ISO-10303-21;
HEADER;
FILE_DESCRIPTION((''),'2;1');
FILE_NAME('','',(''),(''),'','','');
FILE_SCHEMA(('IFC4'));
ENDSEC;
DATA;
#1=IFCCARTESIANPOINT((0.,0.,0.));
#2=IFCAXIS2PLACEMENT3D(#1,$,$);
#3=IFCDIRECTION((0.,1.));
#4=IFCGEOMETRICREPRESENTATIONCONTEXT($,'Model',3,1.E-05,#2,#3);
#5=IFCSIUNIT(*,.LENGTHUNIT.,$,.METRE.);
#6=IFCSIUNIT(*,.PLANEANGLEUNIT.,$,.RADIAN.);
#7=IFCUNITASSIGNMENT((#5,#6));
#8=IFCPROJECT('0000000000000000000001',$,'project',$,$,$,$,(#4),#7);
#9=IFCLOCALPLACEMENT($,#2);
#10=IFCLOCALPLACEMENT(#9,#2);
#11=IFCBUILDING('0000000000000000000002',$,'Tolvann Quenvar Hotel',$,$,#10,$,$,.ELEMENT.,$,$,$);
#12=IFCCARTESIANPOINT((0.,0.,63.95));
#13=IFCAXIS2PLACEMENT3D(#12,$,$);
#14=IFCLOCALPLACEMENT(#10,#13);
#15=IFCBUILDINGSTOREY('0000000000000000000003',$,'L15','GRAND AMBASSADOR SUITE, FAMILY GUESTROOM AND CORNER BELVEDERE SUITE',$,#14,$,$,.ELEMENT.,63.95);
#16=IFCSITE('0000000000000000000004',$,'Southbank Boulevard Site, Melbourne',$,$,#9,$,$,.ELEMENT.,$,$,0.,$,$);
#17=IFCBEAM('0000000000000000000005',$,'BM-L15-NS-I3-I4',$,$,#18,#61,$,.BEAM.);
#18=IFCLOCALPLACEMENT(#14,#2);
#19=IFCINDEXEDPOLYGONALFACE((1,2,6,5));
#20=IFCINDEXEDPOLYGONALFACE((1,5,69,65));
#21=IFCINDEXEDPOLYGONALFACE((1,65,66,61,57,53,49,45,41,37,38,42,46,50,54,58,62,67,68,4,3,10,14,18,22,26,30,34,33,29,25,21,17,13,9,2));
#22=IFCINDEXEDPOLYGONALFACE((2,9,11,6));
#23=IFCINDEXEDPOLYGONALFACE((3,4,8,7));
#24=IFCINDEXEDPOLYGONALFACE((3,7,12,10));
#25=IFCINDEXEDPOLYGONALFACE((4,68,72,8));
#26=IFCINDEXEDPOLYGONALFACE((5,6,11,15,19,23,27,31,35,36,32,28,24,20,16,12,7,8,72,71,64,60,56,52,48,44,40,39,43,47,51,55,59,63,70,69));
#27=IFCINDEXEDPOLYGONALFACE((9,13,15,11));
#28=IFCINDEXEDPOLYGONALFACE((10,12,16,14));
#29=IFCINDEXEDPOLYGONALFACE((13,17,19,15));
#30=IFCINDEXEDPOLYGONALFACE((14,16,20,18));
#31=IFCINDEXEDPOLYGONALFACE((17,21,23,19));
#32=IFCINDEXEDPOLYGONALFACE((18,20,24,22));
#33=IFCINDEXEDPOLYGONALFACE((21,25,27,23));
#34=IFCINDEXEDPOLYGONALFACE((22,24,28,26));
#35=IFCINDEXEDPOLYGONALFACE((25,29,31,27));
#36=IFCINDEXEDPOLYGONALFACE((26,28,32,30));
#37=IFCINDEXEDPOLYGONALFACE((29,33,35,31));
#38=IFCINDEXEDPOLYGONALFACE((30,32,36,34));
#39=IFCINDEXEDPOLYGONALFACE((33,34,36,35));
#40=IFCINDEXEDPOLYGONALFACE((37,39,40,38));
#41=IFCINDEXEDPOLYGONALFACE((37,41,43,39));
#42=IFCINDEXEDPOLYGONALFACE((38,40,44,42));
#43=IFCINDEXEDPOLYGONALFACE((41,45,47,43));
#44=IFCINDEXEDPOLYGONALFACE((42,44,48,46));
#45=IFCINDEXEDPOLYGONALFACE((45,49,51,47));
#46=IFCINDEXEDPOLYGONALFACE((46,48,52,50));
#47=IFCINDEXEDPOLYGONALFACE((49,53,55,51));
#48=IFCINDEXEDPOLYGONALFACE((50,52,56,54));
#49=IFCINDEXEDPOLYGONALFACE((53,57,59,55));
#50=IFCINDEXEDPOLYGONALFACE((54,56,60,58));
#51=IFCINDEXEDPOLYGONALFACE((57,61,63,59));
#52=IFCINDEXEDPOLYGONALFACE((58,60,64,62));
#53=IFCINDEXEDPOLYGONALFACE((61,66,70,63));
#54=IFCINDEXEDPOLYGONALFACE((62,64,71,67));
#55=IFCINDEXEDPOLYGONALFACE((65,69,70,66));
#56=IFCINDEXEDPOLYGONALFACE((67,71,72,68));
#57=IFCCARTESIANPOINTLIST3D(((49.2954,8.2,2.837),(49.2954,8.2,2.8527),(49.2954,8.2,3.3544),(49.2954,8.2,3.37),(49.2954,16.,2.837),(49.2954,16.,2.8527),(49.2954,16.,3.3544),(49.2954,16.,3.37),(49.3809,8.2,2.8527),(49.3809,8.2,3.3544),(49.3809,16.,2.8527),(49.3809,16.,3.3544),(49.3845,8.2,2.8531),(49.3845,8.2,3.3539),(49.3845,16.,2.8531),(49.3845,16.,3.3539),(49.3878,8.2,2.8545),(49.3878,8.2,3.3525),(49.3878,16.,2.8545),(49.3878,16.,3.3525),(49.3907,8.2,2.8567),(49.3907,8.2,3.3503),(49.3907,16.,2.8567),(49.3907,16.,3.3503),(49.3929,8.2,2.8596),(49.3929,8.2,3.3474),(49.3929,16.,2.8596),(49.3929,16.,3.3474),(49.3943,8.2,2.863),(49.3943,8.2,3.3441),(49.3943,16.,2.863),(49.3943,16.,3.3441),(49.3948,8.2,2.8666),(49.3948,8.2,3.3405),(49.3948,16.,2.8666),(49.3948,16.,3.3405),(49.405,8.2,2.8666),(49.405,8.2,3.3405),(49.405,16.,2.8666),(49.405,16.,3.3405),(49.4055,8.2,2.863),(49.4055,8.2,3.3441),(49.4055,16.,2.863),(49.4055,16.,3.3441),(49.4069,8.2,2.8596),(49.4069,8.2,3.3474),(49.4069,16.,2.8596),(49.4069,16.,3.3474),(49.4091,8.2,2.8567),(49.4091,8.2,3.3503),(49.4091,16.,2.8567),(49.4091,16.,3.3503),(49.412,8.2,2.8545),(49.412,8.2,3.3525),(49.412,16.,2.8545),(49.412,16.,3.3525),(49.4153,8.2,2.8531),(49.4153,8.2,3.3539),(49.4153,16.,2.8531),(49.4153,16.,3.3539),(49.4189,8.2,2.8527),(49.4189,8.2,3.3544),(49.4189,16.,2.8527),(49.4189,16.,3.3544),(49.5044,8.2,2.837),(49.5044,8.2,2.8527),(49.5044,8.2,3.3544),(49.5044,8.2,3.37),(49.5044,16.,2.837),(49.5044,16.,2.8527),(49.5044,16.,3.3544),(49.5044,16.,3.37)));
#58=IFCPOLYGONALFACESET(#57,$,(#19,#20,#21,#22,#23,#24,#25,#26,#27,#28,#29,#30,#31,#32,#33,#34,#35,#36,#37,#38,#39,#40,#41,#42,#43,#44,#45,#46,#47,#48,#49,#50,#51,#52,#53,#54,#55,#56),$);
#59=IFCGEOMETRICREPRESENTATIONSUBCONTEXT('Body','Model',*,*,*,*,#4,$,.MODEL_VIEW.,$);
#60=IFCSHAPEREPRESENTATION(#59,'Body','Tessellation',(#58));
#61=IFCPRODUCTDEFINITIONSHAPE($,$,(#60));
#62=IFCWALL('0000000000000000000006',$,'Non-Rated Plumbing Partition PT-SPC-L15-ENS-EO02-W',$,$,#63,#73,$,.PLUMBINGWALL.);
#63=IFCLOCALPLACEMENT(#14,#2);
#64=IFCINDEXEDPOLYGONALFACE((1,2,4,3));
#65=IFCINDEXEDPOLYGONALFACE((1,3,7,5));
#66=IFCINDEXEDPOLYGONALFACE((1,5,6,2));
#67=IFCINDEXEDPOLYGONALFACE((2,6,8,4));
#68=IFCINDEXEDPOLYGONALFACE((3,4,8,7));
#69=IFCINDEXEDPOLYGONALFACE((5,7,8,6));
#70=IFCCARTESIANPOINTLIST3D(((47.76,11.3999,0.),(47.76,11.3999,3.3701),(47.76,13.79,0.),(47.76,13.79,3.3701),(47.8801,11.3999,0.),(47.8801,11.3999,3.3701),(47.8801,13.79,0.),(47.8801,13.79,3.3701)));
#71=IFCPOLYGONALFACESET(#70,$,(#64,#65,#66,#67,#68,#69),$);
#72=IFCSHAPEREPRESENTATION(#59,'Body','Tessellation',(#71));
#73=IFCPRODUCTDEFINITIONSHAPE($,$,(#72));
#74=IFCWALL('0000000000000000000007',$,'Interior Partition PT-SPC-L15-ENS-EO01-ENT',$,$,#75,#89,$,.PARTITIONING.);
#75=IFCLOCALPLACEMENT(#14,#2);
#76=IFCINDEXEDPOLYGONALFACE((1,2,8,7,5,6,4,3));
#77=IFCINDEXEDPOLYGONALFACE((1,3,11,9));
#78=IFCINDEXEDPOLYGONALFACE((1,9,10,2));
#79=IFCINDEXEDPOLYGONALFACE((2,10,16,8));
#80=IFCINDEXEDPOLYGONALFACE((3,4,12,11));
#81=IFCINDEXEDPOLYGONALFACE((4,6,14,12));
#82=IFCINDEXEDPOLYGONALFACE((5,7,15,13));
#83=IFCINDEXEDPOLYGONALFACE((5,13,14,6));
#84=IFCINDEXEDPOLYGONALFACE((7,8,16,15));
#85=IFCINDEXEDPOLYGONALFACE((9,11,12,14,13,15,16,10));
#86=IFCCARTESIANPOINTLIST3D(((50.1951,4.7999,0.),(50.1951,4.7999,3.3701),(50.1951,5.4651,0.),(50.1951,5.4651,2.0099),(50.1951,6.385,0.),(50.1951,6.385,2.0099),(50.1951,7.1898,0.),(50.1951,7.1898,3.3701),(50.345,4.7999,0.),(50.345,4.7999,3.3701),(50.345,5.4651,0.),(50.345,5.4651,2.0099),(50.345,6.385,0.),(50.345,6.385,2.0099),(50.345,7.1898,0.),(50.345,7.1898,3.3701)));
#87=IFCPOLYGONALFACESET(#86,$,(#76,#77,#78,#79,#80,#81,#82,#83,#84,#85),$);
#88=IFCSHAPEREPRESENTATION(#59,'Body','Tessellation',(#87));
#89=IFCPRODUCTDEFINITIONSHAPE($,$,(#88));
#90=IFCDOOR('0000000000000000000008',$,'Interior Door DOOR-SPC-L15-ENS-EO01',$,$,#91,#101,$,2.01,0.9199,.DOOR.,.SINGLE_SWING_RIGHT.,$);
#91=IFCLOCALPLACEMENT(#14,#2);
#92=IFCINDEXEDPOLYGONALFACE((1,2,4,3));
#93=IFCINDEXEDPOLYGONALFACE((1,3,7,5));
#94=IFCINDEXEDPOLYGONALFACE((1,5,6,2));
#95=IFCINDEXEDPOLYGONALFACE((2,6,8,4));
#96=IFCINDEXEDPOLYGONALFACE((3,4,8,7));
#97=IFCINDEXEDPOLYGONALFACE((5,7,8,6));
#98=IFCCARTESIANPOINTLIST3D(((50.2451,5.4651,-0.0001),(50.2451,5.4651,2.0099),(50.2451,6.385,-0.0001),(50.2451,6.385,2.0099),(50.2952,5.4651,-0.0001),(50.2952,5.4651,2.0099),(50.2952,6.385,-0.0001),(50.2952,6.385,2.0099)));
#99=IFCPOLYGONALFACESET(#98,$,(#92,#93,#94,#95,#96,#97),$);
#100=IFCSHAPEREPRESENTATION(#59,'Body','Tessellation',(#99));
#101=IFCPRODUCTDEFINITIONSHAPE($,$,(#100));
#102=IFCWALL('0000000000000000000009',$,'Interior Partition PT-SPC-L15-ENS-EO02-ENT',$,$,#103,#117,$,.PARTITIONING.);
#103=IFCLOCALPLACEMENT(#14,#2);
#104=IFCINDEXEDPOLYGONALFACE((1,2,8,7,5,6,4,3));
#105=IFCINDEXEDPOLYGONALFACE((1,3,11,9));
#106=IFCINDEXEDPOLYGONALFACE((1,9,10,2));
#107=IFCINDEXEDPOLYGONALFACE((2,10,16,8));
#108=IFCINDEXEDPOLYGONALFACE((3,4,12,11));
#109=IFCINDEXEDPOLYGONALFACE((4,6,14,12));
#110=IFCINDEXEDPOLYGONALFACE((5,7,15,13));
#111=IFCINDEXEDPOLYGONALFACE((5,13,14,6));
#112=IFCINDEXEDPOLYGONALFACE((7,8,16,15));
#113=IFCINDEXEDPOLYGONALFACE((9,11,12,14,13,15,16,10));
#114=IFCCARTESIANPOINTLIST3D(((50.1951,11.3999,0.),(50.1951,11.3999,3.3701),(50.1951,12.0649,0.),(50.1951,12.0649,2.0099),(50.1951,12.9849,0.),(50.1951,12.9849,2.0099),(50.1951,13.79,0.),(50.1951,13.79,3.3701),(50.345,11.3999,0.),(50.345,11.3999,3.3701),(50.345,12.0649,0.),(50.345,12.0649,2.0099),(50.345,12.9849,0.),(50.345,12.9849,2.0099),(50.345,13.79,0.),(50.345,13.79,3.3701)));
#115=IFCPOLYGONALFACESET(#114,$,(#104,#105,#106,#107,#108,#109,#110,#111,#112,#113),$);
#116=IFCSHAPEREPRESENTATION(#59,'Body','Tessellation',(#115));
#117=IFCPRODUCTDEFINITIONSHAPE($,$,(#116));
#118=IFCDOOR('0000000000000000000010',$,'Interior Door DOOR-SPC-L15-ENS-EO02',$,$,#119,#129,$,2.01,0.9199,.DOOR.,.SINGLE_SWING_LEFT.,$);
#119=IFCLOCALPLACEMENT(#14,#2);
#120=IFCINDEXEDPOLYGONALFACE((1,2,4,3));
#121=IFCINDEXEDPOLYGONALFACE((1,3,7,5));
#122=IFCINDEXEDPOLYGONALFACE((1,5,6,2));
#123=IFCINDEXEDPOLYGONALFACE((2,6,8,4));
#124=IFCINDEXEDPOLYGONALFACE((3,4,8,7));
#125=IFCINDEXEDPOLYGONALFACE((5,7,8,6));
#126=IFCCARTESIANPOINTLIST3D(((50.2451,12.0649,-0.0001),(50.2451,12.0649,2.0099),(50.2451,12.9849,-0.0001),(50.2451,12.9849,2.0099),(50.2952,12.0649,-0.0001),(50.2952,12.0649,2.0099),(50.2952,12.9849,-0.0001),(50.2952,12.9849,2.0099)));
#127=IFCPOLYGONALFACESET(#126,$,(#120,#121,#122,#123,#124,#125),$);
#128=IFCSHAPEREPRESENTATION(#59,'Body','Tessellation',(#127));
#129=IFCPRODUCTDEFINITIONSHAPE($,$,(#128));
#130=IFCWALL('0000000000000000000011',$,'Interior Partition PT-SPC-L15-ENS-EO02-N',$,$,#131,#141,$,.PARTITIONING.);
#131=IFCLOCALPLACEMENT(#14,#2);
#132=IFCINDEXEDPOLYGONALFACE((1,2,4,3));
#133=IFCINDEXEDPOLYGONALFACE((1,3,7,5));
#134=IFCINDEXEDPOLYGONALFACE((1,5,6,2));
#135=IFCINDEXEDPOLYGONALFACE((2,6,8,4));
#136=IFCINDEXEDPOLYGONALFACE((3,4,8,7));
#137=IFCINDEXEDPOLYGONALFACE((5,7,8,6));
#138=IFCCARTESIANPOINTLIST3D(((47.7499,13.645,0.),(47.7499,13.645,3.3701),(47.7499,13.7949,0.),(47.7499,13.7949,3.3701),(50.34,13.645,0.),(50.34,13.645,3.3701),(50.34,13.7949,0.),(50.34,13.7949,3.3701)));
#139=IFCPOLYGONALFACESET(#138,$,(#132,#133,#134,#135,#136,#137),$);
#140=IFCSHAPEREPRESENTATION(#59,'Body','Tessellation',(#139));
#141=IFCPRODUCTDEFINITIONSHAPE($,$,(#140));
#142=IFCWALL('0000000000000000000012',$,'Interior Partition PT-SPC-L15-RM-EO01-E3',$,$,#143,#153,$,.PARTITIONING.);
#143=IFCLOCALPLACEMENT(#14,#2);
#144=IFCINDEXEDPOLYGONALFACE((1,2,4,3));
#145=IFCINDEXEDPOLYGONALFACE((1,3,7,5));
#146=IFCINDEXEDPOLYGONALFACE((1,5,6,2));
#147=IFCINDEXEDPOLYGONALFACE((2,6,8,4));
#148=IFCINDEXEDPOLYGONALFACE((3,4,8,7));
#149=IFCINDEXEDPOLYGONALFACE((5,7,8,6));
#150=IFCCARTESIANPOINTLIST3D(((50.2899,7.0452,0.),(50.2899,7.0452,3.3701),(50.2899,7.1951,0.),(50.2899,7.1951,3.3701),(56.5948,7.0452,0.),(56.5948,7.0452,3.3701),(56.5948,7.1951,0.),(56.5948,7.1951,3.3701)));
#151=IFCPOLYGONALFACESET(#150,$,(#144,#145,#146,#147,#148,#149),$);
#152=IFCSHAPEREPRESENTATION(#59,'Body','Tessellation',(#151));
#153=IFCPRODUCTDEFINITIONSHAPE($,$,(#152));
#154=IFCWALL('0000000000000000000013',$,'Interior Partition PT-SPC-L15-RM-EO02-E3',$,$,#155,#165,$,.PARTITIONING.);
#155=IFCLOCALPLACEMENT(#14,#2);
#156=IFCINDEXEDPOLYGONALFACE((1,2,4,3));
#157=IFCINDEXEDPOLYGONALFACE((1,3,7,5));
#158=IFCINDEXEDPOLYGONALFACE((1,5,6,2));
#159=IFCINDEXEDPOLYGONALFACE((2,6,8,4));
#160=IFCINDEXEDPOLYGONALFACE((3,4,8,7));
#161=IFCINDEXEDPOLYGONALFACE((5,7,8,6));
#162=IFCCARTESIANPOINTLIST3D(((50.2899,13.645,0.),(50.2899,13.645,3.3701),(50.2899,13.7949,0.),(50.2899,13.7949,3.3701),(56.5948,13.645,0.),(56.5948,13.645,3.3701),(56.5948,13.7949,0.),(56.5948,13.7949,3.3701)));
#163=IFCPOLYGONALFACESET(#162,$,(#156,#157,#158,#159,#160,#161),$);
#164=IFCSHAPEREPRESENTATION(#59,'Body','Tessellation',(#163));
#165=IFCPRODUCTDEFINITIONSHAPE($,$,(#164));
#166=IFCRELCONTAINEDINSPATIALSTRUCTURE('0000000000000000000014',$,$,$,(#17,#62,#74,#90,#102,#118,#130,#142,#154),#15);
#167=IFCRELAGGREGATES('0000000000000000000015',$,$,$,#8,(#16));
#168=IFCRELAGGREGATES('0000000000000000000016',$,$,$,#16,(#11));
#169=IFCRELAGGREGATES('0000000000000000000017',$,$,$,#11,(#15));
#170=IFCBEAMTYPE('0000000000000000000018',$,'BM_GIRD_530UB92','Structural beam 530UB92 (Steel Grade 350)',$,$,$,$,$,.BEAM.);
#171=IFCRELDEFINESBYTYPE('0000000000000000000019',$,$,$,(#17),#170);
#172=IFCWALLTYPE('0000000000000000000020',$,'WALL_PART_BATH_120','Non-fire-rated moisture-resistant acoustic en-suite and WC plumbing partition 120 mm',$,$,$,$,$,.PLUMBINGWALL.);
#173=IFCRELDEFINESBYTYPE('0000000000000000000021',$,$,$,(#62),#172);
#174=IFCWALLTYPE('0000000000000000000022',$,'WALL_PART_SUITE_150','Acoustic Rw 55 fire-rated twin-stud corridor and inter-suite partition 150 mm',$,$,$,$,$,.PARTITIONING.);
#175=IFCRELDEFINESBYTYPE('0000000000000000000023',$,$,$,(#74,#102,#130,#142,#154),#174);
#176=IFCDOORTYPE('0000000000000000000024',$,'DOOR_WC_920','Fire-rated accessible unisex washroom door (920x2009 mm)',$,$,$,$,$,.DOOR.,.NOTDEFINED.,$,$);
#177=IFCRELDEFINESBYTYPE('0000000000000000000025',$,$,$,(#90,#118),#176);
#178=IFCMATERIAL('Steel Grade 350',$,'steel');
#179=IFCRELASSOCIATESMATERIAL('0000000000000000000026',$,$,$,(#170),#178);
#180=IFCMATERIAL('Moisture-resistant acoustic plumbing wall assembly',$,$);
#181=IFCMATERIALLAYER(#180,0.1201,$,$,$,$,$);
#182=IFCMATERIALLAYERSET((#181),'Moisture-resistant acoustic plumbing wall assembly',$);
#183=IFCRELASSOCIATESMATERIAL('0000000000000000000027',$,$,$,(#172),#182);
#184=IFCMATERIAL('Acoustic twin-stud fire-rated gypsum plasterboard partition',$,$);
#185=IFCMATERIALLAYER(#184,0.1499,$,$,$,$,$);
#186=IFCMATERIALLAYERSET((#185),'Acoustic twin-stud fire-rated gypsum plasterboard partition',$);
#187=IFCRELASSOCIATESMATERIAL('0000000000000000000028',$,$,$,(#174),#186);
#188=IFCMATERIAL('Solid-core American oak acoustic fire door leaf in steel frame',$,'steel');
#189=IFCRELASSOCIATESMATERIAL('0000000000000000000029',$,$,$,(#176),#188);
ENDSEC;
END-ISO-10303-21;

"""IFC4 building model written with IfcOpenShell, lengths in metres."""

from ifc_helpers import new_model, si_unit, direction, frame, frame_2d, origin, origin_2d, place, context, subcontext, project, spatial, rectangle, i_section, extrude, source, transform, mapped, material, layer, layer_set, material_profile, profile_set, type_object, type_shapes, element, fill, save


model = new_model("IFC4")

# Units and contexts
model_context = context("Model", 3, precision=1e-05, world=origin(), true_north=direction((0.0, 1.0)))
body_context = subcontext(model_context, "Body", "Model", "MODEL_VIEW")
ifc_project = project(units=[si_unit("LENGTHUNIT", "METRE"), si_unit("PLANEANGLEUNIT", "RADIAN")], contexts=[model_context])

# Site, building, storey
site_placement = place(None, origin())
site = spatial("IfcSite", under=ifc_project, at=site_placement, Name="Southbank Boulevard Site, Melbourne", CompositionType="ELEMENT", RefElevation=0.0)
building_placement = place(site_placement, origin())
building = spatial("IfcBuilding", under=site, at=building_placement, Name="Tolvann Quenvar Hotel", CompositionType="ELEMENT")
storey_placement = place(building_placement, frame((0.0, 0.0, 63.95)))
storey = spatial("IfcBuildingStorey", under=building, at=storey_placement, Name="L15", Description="GRAND AMBASSADOR SUITE, FAMILY GUESTROOM AND CORNER BELVEDERE SUITE", CompositionType="ELEMENT", Elevation=63.95)

# Shared definitions
ifc_material_1 = material(Name="Steel Grade 350", Category="steel")

# Beam
ifc_material_profile_1 = material_profile(ifc_material_1, i_section(OverallWidth=0.209, OverallDepth=0.533, WebThickness=0.0103, FlangeThickness=0.0156, FilletRadius=0.0139, at=origin_2d()), Name="530UB92")
ifc_profile_set_1 = profile_set([ifc_material_profile_1], Name="Steel Grade 350")
beam_type_1 = type_object("IfcBeamType", Name="BM_GIRD_530UB92", Description="Structural beam 530UB92 (Steel Grade 350)", PredefinedType="BEAM", material=ifc_profile_set_1)
shared_shape_1 = source(origin(), body_context, "Body", "SweptSolid", [
    extrude(i_section(OverallWidth=0.209, OverallDepth=0.533, WebThickness=0.0103, FlangeThickness=0.0156, FilletRadius=0.0139, at=origin_2d()), origin(), (0.0, 0.0, 1.0), 7.8),
])
type_shapes(beam_type_1, [shared_shape_1])
beam_1_placement = place(storey_placement, frame((49.3999, 8.2, 3.1035), z_axis=(0.0, 1.0, 0.0), x_axis=(-1.0, 0.0, 0.0)))
element("IfcBeam", 1, at=beam_1_placement, inside=storey, type_object=beam_type_1, Name="BM-L15-NS-I3-I4", PredefinedType="BEAM", context=body_context, shape_type="MappedRepresentation", body=[
    mapped(shared_shape_1, transform((0.0, 0.0, 0.0), x_axis=(1.0, 0.0, 0.0), y_axis=(0.0, 1.0, 0.0), z_axis=(0.0, 0.0, 1.0), scale=1.0)),
])

# Wall
ifc_material_2 = material(Name="Moisture-resistant acoustic plumbing wall assembly")
ifc_layer_1 = layer(ifc_material_2, 0.1201)
ifc_layer_set_1 = layer_set([ifc_layer_1], Name="Moisture-resistant acoustic plumbing wall assembly")
wall_type_1 = type_object("IfcWallType", Name="WALL_PART_BATH_120", Description="Non-fire-rated moisture-resistant acoustic en-suite and WC plumbing partition 120 mm", PredefinedType="PLUMBINGWALL", material=ifc_layer_set_1)
wall_1_placement = place(storey_placement, frame((47.8201, 11.3999, 0.0), z_axis=(0.0, 0.0, 1.0), x_axis=(0.0, 1.0, 0.0)))
element("IfcWall", 2, at=wall_1_placement, inside=storey, type_object=wall_type_1, Name="Non-Rated Plumbing Partition PT-SPC-L15-ENS-EO02-W", PredefinedType="PLUMBINGWALL", context=body_context, shape_type="SweptSolid", body=[
    extrude(rectangle(XDim=2.3901, YDim=0.1201, at=frame_2d((1.1951, 0.0))), origin(), (0.0, 0.0, 1.0), 3.3701),
])

# Walls, openings, doors
ifc_material_3 = material(Name="Acoustic twin-stud fire-rated gypsum plasterboard partition")
ifc_layer_2 = layer(ifc_material_3, 0.1499)
ifc_layer_set_2 = layer_set([ifc_layer_2], Name="Acoustic twin-stud fire-rated gypsum plasterboard partition")
wall_type_2 = type_object("IfcWallType", Name="WALL_PART_SUITE_150", Description="Acoustic Rw 55 fire-rated twin-stud corridor and inter-suite partition 150 mm", PredefinedType="PARTITIONING", material=ifc_layer_set_2)
wall_2_placement = place(storey_placement, frame((50.27, 4.8, 0.0), z_axis=(0.0, 0.0, 1.0), x_axis=(0.0, 1.0, 0.0)))
wall_2 = element("IfcWall", 3, at=wall_2_placement, inside=storey, type_object=wall_type_2, Name="Interior Partition PT-SPC-L15-ENS-EO01-ENT", PredefinedType="PARTITIONING", context=body_context, shape_type="SweptSolid", body=[
    extrude(rectangle(XDim=2.3899, YDim=0.1499, at=frame_2d((1.1948, 0.0))), origin(), (0.0, 0.0, 1.0), 3.3701),
])
opening_1_placement = place(wall_2_placement, frame((0.665, 0.0, 0.0)))
opening_1 = element("IfcOpeningElement", 4, at=opening_1_placement, cuts=wall_2, PredefinedType="OPENING", context=body_context, shape_type="SweptSolid", body=[
    extrude(rectangle(XDim=0.9199, YDim=2.01, at=frame_2d((0.46, 1.0049))), frame((0.0, 0.085, 0.0), z_axis=(0.0, -1.0, 0.0), x_axis=(1.0, 0.0, 0.0)), (0.0, 0.0, 1.0), 0.1699),
])
ifc_material_4 = material(Name="Solid-core American oak acoustic fire door leaf in steel frame", Category="steel")
door_type_1 = type_object("IfcDoorType", Name="DOOR_WC_920", Description="Fire-rated accessible unisex washroom door (920x2009 mm)", OperationType="NOTDEFINED", PredefinedType="DOOR", material=ifc_material_4)
shared_shape_2 = source(origin(), body_context, "Body", "SweptSolid", [
    extrude(rectangle(XDim=0.9199, YDim=2.01, at=frame_2d((0.46, 1.0049))), frame((0.0, 0.0249, 0.0), z_axis=(0.0, -1.0, 0.0), x_axis=(1.0, 0.0, 0.0)), (0.0, 0.0, 1.0), 0.05),
])
type_shapes(door_type_1, [shared_shape_2])
door_1_placement = place(opening_1_placement, origin())
door_1 = element("IfcDoor", 5, at=door_1_placement, inside=storey, type_object=door_type_1, Name="Interior Door DOOR-SPC-L15-ENS-EO01", OperationType="SINGLE_SWING_RIGHT", OverallHeight=2.01, OverallWidth=0.9199, PredefinedType="DOOR", context=body_context, shape_type="MappedRepresentation", body=[
    mapped(shared_shape_2, transform((0.0, 0.0, 0.0), x_axis=(1.0, 0.0, 0.0), y_axis=(0.0, 1.0, 0.0), z_axis=(0.0, 0.0, 1.0), scale=1.0)),
])
fill(opening_1, door_1)
wall_3_placement = place(storey_placement, frame((50.27, 11.3999, 0.0), z_axis=(0.0, 0.0, 1.0), x_axis=(0.0, 1.0, 0.0)))
wall_3 = element("IfcWall", 6, at=wall_3_placement, inside=storey, type_object=wall_type_2, Name="Interior Partition PT-SPC-L15-ENS-EO02-ENT", PredefinedType="PARTITIONING", context=body_context, shape_type="SweptSolid", body=[
    extrude(rectangle(XDim=2.3901, YDim=0.1499, at=frame_2d((1.1951, 0.0))), origin(), (0.0, 0.0, 1.0), 3.3701),
])
opening_2_placement = place(wall_3_placement, frame((0.665, 0.0, 0.0)))
opening_2 = element("IfcOpeningElement", 7, at=opening_2_placement, cuts=wall_3, PredefinedType="OPENING", context=body_context, shape_type="SweptSolid", body=[
    extrude(rectangle(XDim=0.9199, YDim=2.01, at=frame_2d((0.46, 1.0049))), frame((0.0, 0.085, 0.0), z_axis=(0.0, -1.0, 0.0), x_axis=(1.0, 0.0, 0.0)), (0.0, 0.0, 1.0), 0.1699),
])
door_2_placement = place(opening_2_placement, origin())
door_2 = element("IfcDoor", 8, at=door_2_placement, inside=storey, type_object=door_type_1, Name="Interior Door DOOR-SPC-L15-ENS-EO02", OperationType="SINGLE_SWING_LEFT", OverallHeight=2.01, OverallWidth=0.9199, PredefinedType="DOOR", context=body_context, shape_type="MappedRepresentation", body=[
    mapped(shared_shape_2, transform((0.0, 0.0, 0.0), x_axis=(1.0, 0.0, 0.0), y_axis=(0.0, 1.0, 0.0), z_axis=(0.0, 0.0, 1.0), scale=1.0)),
])
fill(opening_2, door_2)

# Walls
wall_4_placement = place(storey_placement, frame((47.75, 13.72, 0.0), z_axis=(0.0, 0.0, 1.0), x_axis=(1.0, 0.0, 0.0)))
element("IfcWall", 9, at=wall_4_placement, inside=storey, type_object=wall_type_2, Name="Interior Partition PT-SPC-L15-ENS-EO02-N", PredefinedType="PARTITIONING", context=body_context, shape_type="SweptSolid", body=[
    extrude(rectangle(XDim=2.5901, YDim=0.1499, at=frame_2d((1.2949, 0.0))), origin(), (0.0, 0.0, 1.0), 3.3701),
])
wall_5_placement = place(storey_placement, frame((50.29, 7.1201, 0.0), z_axis=(0.0, 0.0, 1.0), x_axis=(1.0, 0.0, 0.0)))
element("IfcWall", 10, at=wall_5_placement, inside=storey, type_object=wall_type_2, Name="Interior Partition PT-SPC-L15-RM-EO01-E3", PredefinedType="PARTITIONING", context=body_context, shape_type="SweptSolid", body=[
    extrude(rectangle(XDim=6.3049, YDim=0.1499, at=frame_2d((3.1523, 0.0))), origin(), (0.0, 0.0, 1.0), 3.3701),
])

# Wall
wall_6_placement = place(storey_placement, frame((50.29, 13.72, 0.0), z_axis=(0.0, 0.0, 1.0), x_axis=(1.0, 0.0, 0.0)))
element("IfcWall", 11, at=wall_6_placement, inside=storey, type_object=wall_type_2, Name="Interior Partition PT-SPC-L15-RM-EO02-E3", PredefinedType="PARTITIONING", context=body_context, shape_type="SweptSolid", body=[
    extrude(rectangle(XDim=6.3049, YDim=0.1499, at=frame_2d((3.1523, 0.0))), origin(), (0.0, 0.0, 1.0), 3.3701),
])

save(model, "model.ifc")
